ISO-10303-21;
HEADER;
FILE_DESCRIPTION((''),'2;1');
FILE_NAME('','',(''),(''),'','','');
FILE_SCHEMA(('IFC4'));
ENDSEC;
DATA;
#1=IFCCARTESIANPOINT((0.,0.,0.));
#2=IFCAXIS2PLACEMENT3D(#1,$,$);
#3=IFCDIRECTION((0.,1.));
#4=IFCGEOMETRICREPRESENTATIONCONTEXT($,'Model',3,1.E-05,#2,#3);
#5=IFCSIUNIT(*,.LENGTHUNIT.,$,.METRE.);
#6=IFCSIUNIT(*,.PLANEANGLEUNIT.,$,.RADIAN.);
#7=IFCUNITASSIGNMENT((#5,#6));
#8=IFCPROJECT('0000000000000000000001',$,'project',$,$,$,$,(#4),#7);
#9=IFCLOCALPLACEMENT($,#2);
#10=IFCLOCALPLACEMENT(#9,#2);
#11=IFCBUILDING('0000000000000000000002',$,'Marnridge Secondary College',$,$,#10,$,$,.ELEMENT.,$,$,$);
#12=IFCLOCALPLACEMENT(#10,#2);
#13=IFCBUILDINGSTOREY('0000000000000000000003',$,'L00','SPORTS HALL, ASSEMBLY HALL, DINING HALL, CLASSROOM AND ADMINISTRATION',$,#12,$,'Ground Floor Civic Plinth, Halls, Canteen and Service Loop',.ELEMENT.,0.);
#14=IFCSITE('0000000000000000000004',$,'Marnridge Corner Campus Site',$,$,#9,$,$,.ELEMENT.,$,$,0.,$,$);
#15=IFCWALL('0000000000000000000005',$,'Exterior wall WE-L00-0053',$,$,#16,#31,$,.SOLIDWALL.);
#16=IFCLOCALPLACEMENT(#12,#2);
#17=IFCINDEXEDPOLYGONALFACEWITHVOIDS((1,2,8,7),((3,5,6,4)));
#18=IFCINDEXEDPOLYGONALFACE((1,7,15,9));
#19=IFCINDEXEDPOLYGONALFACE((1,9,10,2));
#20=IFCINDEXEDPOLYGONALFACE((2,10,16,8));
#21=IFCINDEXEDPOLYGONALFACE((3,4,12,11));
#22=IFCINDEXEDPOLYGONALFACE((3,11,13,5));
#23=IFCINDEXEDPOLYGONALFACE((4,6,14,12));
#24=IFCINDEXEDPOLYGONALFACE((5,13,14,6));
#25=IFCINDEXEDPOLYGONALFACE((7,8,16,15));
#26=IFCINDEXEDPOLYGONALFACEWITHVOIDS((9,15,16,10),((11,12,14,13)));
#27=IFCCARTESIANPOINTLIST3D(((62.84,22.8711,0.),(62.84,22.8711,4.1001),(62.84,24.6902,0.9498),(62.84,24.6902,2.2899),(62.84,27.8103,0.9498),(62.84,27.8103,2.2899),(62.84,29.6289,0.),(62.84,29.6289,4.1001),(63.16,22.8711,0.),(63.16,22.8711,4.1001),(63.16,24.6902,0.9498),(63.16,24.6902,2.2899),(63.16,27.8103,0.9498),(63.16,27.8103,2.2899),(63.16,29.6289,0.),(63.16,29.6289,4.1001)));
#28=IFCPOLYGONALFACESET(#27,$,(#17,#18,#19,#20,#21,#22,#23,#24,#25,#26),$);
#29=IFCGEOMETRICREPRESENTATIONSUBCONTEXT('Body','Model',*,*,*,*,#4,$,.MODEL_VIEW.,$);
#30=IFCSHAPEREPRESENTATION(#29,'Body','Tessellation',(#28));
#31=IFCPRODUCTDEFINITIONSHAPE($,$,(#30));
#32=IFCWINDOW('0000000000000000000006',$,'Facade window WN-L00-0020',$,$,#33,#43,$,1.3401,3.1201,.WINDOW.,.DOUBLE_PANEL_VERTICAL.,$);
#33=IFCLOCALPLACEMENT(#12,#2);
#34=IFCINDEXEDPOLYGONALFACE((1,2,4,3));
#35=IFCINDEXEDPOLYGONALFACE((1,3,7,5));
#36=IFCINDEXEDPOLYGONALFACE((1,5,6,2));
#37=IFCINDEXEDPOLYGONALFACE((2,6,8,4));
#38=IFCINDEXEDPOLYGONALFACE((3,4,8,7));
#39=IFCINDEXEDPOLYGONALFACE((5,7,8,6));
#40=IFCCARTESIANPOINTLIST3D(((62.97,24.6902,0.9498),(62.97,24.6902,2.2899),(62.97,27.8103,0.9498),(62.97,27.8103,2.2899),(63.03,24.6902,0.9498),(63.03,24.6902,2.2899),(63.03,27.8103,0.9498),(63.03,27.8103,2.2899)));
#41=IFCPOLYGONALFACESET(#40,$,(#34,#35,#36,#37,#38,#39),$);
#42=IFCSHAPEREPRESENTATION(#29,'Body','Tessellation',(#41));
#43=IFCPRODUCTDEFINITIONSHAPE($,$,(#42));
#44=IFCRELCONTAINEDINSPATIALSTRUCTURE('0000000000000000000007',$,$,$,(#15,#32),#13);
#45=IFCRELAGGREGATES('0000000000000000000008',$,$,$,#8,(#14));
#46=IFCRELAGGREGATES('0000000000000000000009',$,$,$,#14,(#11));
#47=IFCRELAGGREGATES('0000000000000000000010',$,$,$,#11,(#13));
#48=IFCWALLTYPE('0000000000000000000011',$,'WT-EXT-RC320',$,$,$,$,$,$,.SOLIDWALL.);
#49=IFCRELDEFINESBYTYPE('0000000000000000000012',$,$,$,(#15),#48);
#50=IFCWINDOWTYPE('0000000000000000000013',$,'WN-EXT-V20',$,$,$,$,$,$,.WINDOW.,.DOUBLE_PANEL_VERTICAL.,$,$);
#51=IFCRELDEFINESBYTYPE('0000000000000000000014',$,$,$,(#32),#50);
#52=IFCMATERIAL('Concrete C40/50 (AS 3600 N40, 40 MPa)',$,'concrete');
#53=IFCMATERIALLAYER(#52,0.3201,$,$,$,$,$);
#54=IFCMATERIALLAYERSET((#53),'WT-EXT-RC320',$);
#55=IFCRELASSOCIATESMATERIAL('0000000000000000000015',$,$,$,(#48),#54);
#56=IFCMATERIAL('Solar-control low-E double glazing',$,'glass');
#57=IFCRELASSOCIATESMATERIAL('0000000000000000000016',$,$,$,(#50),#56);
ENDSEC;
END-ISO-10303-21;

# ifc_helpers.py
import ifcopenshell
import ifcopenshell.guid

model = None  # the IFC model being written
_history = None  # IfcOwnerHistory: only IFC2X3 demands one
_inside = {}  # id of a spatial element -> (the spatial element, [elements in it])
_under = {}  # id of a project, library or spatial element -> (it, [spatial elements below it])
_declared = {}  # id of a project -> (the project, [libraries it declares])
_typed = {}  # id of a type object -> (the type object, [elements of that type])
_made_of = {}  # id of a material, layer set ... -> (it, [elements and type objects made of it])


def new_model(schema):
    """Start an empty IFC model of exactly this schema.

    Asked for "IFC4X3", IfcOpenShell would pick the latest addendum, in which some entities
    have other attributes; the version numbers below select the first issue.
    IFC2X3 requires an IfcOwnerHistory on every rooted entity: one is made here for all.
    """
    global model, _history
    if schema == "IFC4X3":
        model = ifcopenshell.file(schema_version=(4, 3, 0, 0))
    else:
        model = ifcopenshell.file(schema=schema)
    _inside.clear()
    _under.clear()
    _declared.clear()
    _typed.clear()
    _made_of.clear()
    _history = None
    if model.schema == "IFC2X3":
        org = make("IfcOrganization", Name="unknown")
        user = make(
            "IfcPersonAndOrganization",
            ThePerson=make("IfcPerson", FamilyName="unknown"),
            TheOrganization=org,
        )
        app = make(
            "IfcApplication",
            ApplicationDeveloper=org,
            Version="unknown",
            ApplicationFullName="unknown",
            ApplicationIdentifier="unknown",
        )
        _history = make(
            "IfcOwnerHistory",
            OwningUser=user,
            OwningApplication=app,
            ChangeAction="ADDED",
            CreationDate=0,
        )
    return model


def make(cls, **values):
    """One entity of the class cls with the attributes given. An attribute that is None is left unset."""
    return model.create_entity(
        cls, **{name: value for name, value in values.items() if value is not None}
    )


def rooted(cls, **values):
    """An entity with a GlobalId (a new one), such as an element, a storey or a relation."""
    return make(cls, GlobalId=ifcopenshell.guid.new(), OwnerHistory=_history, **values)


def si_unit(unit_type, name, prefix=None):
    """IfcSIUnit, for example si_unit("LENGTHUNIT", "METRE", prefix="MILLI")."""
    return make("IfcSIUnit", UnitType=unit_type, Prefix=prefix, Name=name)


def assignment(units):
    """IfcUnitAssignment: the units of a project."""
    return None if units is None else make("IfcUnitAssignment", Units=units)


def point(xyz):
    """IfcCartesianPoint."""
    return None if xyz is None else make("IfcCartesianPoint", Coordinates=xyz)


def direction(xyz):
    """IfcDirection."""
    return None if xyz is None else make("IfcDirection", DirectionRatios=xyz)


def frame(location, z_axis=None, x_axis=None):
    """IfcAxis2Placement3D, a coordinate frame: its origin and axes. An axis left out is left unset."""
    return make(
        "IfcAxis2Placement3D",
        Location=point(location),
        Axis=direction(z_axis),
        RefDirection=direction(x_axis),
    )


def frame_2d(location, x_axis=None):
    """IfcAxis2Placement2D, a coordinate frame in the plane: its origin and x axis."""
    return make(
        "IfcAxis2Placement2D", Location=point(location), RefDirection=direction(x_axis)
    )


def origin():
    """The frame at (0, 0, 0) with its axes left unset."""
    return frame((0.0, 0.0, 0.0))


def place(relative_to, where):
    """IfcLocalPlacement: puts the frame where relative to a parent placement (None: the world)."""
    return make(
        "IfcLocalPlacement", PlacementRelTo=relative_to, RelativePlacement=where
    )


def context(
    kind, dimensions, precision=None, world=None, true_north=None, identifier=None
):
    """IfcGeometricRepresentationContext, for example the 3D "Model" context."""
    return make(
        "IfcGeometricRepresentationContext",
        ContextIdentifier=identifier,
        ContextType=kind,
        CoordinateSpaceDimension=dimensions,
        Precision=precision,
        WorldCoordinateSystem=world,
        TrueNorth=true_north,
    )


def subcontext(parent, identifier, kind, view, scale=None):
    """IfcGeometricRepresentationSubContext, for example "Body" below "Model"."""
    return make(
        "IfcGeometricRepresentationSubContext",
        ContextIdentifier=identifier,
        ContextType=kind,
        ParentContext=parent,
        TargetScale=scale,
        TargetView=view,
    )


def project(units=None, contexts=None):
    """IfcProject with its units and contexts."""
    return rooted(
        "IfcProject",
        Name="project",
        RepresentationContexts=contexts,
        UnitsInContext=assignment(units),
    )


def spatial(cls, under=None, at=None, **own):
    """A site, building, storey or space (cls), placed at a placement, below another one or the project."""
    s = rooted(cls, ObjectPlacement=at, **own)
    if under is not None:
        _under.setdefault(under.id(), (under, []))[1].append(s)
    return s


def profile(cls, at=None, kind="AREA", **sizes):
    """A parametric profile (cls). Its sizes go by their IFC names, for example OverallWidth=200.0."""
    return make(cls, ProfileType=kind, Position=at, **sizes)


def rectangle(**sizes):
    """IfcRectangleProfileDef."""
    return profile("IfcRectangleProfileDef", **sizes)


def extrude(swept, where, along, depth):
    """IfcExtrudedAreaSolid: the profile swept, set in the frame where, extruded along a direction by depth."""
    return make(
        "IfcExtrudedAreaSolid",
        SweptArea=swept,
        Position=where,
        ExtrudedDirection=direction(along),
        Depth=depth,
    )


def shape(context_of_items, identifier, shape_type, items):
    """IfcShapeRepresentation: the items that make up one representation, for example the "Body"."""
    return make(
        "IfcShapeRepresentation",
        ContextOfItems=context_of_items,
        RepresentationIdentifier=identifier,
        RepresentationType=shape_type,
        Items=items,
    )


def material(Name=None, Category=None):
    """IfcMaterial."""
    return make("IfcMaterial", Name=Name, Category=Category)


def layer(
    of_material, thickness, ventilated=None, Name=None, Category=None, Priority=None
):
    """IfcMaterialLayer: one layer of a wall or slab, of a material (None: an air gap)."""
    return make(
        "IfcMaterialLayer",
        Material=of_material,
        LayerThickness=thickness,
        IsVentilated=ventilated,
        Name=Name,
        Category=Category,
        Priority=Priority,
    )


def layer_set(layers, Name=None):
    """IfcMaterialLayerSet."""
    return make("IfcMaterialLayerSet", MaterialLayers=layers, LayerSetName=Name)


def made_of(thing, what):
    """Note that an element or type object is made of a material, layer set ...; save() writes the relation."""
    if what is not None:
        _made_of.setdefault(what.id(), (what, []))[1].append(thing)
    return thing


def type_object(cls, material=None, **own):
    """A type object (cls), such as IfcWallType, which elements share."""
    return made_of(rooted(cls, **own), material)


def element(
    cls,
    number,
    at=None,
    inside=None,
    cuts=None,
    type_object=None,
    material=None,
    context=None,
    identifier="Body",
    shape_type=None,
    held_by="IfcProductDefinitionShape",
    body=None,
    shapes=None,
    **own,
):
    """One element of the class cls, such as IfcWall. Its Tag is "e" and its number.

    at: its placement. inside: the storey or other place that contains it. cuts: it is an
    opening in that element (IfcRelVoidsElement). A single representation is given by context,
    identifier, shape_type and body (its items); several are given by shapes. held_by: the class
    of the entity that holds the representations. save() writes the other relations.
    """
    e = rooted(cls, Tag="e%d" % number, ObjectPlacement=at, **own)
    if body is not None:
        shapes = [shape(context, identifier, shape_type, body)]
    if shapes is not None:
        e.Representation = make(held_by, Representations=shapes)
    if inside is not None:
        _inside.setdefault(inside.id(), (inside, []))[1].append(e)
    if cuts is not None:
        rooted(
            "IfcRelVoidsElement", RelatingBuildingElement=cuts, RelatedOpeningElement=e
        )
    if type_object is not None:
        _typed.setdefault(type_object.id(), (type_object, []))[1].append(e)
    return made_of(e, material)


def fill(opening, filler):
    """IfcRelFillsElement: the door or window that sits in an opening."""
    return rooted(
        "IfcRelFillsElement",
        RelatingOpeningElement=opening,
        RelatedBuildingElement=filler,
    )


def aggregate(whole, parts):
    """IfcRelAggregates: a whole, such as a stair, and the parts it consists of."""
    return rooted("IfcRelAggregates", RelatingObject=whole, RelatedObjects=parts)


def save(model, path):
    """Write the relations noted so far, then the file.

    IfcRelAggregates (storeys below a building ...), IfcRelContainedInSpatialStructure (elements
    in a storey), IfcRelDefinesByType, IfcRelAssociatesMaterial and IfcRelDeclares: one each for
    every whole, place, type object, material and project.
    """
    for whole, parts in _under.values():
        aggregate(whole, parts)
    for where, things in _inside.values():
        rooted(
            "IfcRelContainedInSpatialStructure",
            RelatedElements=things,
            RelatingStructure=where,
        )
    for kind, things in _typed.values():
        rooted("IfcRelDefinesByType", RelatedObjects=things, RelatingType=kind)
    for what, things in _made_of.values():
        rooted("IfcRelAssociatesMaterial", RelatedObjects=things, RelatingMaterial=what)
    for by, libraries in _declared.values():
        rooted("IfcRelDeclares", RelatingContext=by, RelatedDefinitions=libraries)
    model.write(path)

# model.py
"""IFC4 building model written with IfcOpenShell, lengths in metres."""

from ifc_helpers import new_model, si_unit, direction, frame, frame_2d, origin, place, context, subcontext, project, spatial, rectangle, extrude, material, layer, layer_set, type_object, element, fill, save


model = new_model("IFC4")

# Units and contexts
model_context = context("Model", 3, precision=1e-05, world=origin(), true_north=direction((0.0, 1.0)))
body_context = subcontext(model_context, "Body", "Model", "MODEL_VIEW")
ifc_project = project(units=[si_unit("LENGTHUNIT", "METRE"), si_unit("PLANEANGLEUNIT", "RADIAN")], contexts=[model_context])

# Site, building, storey
site_placement = place(None, origin())
site = spatial("IfcSite", under=ifc_project, at=site_placement, Name="Marnridge Corner Campus Site", CompositionType="ELEMENT", RefElevation=0.0)
building_placement = place(site_placement, origin())
building = spatial("IfcBuilding", under=site, at=building_placement, Name="Marnridge Secondary College", CompositionType="ELEMENT")
storey_placement = place(building_placement, origin())
storey = spatial("IfcBuildingStorey", under=building, at=storey_placement, Name="L00", Description="SPORTS HALL, ASSEMBLY HALL, DINING HALL, CLASSROOM AND ADMINISTRATION", LongName="Ground Floor Civic Plinth, Halls, Canteen and Service Loop", CompositionType="ELEMENT", Elevation=0.0)

# Shared definitions
ifc_material_1 = material(Name="Concrete C40/50 (AS 3600 N40, 40 MPa)", Category="concrete")
ifc_layer_1 = layer(ifc_material_1, 0.3201)
ifc_layer_set_1 = layer_set([ifc_layer_1], Name="WT-EXT-RC320")
wall_type = type_object("IfcWallType", Name="WT-EXT-RC320", PredefinedType="SOLIDWALL", material=ifc_layer_set_1)

# Wall, opening, window
wall_1_placement = place(storey_placement, frame((63.0, 22.8711, 0.0), z_axis=(0.0, 0.0, 1.0), x_axis=(0.0, 1.0, 0.0)))
wall_1 = element("IfcWall", 1, at=wall_1_placement, inside=storey, type_object=wall_type, Name="Exterior wall WE-L00-0053", PredefinedType="SOLIDWALL", context=body_context, shape_type="SweptSolid", body=[
    extrude(rectangle(XDim=6.7578, YDim=0.3201, at=frame_2d((3.3789, 0.0))), origin(), (0.0, 0.0, 1.0), 4.1001),
])
opening_1_placement = place(wall_1_placement, frame((1.8191, 0.0, 0.95)))
opening_1 = element("IfcOpeningElement", 2, at=opening_1_placement, cuts=wall_1, PredefinedType="OPENING", context=body_context, shape_type="SweptSolid", body=[
    extrude(rectangle(XDim=3.1201, YDim=1.3401, at=frame_2d((1.5601, 0.6699))), frame((0.0, 0.1699, 0.0), z_axis=(0.0, -1.0, 0.0), x_axis=(1.0, 0.0, 0.0)), (0.0, 0.0, 1.0), 0.3401),
])
ifc_material_2 = material(Name="Solar-control low-E double glazing", Category="glass")
window_type_1 = type_object("IfcWindowType", Name="WN-EXT-V20", PartitioningType="DOUBLE_PANEL_VERTICAL", PredefinedType="WINDOW", material=ifc_material_2)
window_1_placement = place(opening_1_placement, origin())
window_1 = element("IfcWindow", 3, at=window_1_placement, inside=storey, type_object=window_type_1, Name="Facade window WN-L00-0020", OverallHeight=1.3401, OverallWidth=3.1201, PartitioningType="DOUBLE_PANEL_VERTICAL", PredefinedType="WINDOW", context=body_context, shape_type="SweptSolid", body=[
    extrude(rectangle(XDim=3.1201, YDim=1.3401, at=frame_2d((1.5601, 0.6699))), frame((0.0, 0.03, 0.0), z_axis=(0.0, -1.0, 0.0), x_axis=(1.0, 0.0, 0.0)), (0.0, 0.0, 1.0), 0.0601),
])
fill(opening_1, window_1)

save(model, "model.ifc")
